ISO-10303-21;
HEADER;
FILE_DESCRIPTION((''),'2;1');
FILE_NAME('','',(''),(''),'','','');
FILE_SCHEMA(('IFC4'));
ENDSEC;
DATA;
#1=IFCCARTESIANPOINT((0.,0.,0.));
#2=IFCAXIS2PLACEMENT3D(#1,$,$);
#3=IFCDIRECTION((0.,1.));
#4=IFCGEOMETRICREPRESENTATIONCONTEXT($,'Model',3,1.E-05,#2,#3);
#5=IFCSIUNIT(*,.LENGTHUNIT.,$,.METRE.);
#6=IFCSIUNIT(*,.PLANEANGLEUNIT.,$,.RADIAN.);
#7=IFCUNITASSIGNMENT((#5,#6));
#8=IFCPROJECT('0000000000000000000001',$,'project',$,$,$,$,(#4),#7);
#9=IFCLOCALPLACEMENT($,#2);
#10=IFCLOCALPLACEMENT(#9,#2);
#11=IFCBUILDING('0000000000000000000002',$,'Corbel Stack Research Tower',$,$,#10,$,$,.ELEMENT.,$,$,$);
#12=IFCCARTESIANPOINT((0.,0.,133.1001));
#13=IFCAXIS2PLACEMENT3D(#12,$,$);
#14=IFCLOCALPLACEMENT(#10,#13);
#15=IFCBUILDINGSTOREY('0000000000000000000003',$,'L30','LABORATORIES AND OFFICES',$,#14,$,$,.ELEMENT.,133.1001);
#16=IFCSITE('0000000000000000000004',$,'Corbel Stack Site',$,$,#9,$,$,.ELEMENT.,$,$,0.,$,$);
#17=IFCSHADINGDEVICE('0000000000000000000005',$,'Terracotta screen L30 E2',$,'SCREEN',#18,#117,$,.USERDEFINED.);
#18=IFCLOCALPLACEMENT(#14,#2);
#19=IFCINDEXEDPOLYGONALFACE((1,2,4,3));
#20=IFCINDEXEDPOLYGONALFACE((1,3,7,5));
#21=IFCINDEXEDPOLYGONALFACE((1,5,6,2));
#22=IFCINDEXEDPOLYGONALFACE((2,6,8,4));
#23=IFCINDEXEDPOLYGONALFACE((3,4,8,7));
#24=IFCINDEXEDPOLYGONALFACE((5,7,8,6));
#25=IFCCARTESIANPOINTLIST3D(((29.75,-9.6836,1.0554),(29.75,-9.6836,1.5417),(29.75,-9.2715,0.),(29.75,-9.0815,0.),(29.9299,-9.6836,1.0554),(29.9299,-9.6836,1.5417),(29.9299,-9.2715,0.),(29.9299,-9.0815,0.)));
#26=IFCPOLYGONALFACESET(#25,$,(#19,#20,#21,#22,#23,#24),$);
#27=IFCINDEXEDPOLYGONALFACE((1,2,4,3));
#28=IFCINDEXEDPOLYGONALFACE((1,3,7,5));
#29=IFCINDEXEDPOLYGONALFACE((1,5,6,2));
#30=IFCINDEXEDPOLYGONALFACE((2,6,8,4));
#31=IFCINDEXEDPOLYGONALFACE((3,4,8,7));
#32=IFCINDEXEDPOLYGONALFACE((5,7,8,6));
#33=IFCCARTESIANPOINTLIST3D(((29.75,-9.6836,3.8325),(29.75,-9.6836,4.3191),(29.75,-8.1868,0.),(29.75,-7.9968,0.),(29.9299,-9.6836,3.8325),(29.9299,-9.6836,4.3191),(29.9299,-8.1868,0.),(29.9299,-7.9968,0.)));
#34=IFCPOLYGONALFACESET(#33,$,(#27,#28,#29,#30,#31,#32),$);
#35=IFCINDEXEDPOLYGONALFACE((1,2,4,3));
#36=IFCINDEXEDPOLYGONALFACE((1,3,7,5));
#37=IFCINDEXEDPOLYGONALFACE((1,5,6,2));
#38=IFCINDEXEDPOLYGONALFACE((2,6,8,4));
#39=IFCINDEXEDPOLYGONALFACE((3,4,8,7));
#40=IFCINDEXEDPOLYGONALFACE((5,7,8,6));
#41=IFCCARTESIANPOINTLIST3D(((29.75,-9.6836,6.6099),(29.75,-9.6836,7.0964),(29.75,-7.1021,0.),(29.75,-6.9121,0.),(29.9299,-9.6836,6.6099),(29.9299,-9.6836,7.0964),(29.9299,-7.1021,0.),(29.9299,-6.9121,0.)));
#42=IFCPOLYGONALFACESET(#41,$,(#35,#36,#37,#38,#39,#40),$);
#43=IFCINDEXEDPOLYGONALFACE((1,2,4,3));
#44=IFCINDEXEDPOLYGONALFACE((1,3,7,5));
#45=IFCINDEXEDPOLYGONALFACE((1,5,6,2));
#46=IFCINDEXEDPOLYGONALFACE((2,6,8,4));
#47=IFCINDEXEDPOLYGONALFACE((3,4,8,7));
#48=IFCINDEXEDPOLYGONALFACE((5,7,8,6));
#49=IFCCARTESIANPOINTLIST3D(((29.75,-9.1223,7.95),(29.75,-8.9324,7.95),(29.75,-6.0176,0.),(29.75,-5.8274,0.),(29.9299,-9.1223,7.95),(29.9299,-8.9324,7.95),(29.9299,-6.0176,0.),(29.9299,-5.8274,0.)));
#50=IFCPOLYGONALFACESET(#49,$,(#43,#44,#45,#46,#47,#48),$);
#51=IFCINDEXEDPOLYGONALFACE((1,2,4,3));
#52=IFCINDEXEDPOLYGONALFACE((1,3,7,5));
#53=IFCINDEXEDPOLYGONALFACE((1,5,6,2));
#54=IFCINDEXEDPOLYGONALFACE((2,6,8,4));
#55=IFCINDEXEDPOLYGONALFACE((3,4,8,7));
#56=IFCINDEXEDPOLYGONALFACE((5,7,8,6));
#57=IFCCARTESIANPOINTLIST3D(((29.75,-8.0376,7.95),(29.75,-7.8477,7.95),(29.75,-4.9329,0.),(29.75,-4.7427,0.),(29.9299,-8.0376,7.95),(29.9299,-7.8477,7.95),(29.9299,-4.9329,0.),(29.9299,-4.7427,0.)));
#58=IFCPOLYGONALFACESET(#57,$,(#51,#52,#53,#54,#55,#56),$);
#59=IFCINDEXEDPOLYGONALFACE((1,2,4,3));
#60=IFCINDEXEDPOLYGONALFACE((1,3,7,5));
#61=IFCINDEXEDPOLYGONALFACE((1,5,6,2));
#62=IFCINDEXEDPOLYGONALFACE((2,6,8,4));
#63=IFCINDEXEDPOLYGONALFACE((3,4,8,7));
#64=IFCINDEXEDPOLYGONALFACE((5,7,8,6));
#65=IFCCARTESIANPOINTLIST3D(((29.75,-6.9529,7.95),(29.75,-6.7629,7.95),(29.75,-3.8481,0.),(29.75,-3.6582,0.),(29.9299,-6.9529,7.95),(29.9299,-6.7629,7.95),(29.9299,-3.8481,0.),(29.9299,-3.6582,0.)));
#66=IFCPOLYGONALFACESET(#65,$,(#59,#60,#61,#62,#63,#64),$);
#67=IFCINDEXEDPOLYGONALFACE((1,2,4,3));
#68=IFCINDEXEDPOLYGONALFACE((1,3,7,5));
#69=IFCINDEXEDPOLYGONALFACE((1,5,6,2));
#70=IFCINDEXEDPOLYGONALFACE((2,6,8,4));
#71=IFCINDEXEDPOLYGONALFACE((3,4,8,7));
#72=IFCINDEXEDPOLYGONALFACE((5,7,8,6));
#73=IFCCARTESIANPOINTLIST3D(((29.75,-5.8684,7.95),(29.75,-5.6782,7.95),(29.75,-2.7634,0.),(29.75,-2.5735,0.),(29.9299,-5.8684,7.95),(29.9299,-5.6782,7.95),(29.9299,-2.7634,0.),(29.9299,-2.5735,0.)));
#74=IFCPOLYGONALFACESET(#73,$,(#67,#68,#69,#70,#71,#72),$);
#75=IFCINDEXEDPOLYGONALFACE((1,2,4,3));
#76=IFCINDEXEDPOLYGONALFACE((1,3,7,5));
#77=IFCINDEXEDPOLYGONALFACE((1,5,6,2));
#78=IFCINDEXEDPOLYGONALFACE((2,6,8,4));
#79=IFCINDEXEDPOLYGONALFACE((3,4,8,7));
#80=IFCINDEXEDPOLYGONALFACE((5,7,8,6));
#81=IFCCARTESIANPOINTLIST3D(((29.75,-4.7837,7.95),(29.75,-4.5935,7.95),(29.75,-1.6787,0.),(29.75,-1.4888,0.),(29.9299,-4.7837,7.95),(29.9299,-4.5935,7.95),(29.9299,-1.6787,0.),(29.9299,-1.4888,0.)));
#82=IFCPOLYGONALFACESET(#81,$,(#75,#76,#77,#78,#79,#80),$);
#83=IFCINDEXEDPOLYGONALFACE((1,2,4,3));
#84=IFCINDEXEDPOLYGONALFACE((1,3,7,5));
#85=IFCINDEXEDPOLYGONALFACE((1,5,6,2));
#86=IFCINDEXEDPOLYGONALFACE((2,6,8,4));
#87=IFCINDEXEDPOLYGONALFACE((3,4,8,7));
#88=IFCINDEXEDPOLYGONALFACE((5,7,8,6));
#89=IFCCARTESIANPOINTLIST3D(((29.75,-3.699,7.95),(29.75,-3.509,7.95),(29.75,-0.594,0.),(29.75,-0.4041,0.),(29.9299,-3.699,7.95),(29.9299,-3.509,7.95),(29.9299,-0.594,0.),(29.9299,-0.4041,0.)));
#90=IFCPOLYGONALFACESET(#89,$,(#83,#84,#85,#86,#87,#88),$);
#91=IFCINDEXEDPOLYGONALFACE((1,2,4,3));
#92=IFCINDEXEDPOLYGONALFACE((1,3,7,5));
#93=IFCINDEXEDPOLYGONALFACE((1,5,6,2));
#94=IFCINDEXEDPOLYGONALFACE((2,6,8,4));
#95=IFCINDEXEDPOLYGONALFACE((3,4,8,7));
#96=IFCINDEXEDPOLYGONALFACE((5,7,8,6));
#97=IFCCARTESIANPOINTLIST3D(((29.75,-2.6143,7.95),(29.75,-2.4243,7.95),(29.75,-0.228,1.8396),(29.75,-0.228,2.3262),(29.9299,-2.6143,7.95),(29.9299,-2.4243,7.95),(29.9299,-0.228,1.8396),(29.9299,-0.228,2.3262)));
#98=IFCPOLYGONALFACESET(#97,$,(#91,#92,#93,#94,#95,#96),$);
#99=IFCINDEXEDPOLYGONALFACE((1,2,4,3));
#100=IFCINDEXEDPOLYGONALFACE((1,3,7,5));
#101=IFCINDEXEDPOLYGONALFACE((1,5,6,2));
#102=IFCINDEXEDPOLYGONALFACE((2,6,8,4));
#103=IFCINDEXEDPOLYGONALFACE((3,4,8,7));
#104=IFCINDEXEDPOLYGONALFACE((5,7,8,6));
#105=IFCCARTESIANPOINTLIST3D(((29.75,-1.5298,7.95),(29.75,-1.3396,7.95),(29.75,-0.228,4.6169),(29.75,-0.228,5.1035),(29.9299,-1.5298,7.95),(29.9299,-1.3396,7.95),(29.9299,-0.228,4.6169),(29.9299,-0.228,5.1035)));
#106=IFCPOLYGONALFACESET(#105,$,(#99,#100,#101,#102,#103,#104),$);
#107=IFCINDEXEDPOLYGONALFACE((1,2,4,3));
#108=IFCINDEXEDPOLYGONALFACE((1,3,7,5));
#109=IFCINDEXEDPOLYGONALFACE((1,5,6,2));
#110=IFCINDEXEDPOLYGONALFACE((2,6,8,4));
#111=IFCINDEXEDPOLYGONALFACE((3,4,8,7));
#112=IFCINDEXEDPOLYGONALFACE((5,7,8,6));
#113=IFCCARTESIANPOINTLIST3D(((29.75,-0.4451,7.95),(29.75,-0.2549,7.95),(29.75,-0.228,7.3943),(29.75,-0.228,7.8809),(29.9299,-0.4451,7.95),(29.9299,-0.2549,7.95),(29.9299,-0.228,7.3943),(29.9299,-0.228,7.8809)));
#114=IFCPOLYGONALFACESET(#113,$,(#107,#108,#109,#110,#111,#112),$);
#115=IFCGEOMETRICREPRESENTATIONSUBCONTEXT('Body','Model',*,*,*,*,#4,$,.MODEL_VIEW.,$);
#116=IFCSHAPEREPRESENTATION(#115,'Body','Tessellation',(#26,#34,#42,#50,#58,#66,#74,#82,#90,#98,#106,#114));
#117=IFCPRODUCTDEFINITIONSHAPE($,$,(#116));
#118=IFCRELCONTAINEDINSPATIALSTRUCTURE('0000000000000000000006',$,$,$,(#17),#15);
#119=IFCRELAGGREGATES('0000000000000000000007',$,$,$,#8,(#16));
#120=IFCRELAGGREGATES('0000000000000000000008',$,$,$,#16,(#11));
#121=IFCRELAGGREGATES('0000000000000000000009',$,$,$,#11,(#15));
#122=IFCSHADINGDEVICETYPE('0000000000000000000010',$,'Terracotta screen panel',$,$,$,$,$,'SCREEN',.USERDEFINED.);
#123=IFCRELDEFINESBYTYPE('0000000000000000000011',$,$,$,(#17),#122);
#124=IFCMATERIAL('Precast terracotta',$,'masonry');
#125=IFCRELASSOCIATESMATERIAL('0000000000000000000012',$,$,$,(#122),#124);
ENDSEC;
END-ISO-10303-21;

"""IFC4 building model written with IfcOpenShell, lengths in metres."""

from ifc_helpers import new_model, si_unit, direction, frame, origin, place, context, subcontext, project, spatial, polyline, outline, extrude, source, transform, mapped, material, type_object, element, save


model = new_model("IFC4")

# Units and contexts
model_context = context("Model", 3, precision=1e-05, world=origin(), true_north=direction((0.0, 1.0)))
body_context = subcontext(model_context, "Body", "Model", "MODEL_VIEW")
ifc_project = project(units=[si_unit("LENGTHUNIT", "METRE"), si_unit("PLANEANGLEUNIT", "RADIAN")], contexts=[model_context])

# Site, building, storey
site_placement = place(None, origin())
site = spatial("IfcSite", under=ifc_project, at=site_placement, Name="Corbel Stack Site", CompositionType="ELEMENT", RefElevation=0.0)
building_placement = place(site_placement, origin())
building = spatial("IfcBuilding", under=site, at=building_placement, Name="Corbel Stack Research Tower", CompositionType="ELEMENT")
storey_placement = place(building_placement, frame((0.0, 0.0, 133.1001)))
storey = spatial("IfcBuildingStorey", under=building, at=storey_placement, Name="L30", Description="LABORATORIES AND OFFICES", CompositionType="ELEMENT", Elevation=133.1001)

# Shading device
ifc_material_1 = material(Name="Precast terracotta", Category="masonry")
shading_device_type = type_object("IfcShadingDeviceType", Name="Terracotta screen panel", ElementType="SCREEN", PredefinedType="USERDEFINED", material=ifc_material_1)
shared_shape_1 = source(origin(), body_context, "Body", "SweptSolid", [
    extrude(outline(polyline([(0.6021, 0.0), (0.0, 1.5417), (0.0, 1.0554), (0.4121, 0.0), (0.6021, 0.0)])), frame((0.0, 0.0, 0.0), z_axis=(0.0, -1.0, 0.0), x_axis=(1.0, 0.0, 0.0)), (0.0, 0.0, 1.0), 0.1799),
    extrude(outline(polyline([(1.6868, 0.0), (0.0, 4.3191), (0.0, 3.8325), (1.4968, 0.0), (1.6868, 0.0)])), frame((0.0, 0.0, 0.0), z_axis=(0.0, -1.0, 0.0), x_axis=(1.0, 0.0, 0.0)), (0.0, 0.0, 1.0), 0.1799),
    extrude(outline(polyline([(2.7715, 0.0), (0.0, 7.0964), (0.0, 6.6099), (2.5815, 0.0), (2.7715, 0.0)])), frame((0.0, 0.0, 0.0), z_axis=(0.0, -1.0, 0.0), x_axis=(1.0, 0.0, 0.0)), (0.0, 0.0, 1.0), 0.1799),
    extrude(outline(polyline([(3.8562, 0.0), (0.7512, 7.95), (0.5613, 7.95), (3.666, 0.0), (3.8562, 0.0)])), frame((0.0, 0.0, 0.0), z_axis=(0.0, -1.0, 0.0), x_axis=(1.0, 0.0, 0.0)), (0.0, 0.0, 1.0), 0.1799),
    extrude(outline(polyline([(4.9409, 0.0), (1.8359, 7.95), (1.646, 7.95), (4.7507, 0.0), (4.9409, 0.0)])), frame((0.0, 0.0, 0.0), z_axis=(0.0, -1.0, 0.0), x_axis=(1.0, 0.0, 0.0)), (0.0, 0.0, 1.0), 0.1799),
    extrude(outline(polyline([(6.0254, 0.0), (2.9207, 7.95), (2.7307, 7.95), (5.8354, 0.0), (6.0254, 0.0)])), frame((0.0, 0.0, 0.0), z_axis=(0.0, -1.0, 0.0), x_axis=(1.0, 0.0, 0.0)), (0.0, 0.0, 1.0), 0.1799),
    extrude(outline(polyline([(7.1101, 0.0), (4.0054, 7.95), (3.8152, 7.95), (6.9202, 0.0), (7.1101, 0.0)])), frame((0.0, 0.0, 0.0), z_axis=(0.0, -1.0, 0.0), x_axis=(1.0, 0.0, 0.0)), (0.0, 0.0, 1.0), 0.1799),
    extrude(outline(polyline([(8.1948, 0.0), (5.0901, 7.95), (4.8999, 7.95), (8.0049, 0.0), (8.1948, 0.0)])), frame((0.0, 0.0, 0.0), z_axis=(0.0, -1.0, 0.0), x_axis=(1.0, 0.0, 0.0)), (0.0, 0.0, 1.0), 0.1799),
    extrude(outline(polyline([(9.2795, 0.0), (6.1746, 7.95), (5.9846, 7.95), (9.0896, 0.0), (9.2795, 0.0)])), frame((0.0, 0.0, 0.0), z_axis=(0.0, -1.0, 0.0), x_axis=(1.0, 0.0, 0.0)), (0.0, 0.0, 1.0), 0.1799),
    extrude(outline(polyline([(7.2593, 7.95), (7.0693, 7.95), (9.4556, 1.8396), (9.4556, 2.3262), (7.2593, 7.95)])), frame((0.0, 0.0, 0.0), z_axis=(0.0, -1.0, 0.0), x_axis=(1.0, 0.0, 0.0)), (0.0, 0.0, 1.0), 0.1799),
    extrude(outline(polyline([(8.344, 7.95), (8.1538, 7.95), (9.4556, 4.6169), (9.4556, 5.1035), (8.344, 7.95)])), frame((0.0, 0.0, 0.0), z_axis=(0.0, -1.0, 0.0), x_axis=(1.0, 0.0, 0.0)), (0.0, 0.0, 1.0), 0.1799),
    extrude(outline(polyline([(9.4287, 7.95), (9.2385, 7.95), (9.4556, 7.3943), (9.4556, 7.8809), (9.4287, 7.95)])), frame((0.0, 0.0, 0.0), z_axis=(0.0, -1.0, 0.0), x_axis=(1.0, 0.0, 0.0)), (0.0, 0.0, 1.0), 0.1799),
])
shading_device_1_placement = place(storey_placement, frame((29.75, -9.6836, 0.0), z_axis=(0.0, 0.0, 1.0), x_axis=(0.0, 1.0, 0.0)))
element("IfcShadingDevice", 1, at=shading_device_1_placement, inside=storey, type_object=shading_device_type, Name="Terracotta screen L30 E2", ObjectType="SCREEN", PredefinedType="USERDEFINED", context=body_context, shape_type="MappedRepresentation", body=[
    mapped(shared_shape_1, transform((0.0, 0.0, 0.0))),
])

save(model, "model.ifc")
